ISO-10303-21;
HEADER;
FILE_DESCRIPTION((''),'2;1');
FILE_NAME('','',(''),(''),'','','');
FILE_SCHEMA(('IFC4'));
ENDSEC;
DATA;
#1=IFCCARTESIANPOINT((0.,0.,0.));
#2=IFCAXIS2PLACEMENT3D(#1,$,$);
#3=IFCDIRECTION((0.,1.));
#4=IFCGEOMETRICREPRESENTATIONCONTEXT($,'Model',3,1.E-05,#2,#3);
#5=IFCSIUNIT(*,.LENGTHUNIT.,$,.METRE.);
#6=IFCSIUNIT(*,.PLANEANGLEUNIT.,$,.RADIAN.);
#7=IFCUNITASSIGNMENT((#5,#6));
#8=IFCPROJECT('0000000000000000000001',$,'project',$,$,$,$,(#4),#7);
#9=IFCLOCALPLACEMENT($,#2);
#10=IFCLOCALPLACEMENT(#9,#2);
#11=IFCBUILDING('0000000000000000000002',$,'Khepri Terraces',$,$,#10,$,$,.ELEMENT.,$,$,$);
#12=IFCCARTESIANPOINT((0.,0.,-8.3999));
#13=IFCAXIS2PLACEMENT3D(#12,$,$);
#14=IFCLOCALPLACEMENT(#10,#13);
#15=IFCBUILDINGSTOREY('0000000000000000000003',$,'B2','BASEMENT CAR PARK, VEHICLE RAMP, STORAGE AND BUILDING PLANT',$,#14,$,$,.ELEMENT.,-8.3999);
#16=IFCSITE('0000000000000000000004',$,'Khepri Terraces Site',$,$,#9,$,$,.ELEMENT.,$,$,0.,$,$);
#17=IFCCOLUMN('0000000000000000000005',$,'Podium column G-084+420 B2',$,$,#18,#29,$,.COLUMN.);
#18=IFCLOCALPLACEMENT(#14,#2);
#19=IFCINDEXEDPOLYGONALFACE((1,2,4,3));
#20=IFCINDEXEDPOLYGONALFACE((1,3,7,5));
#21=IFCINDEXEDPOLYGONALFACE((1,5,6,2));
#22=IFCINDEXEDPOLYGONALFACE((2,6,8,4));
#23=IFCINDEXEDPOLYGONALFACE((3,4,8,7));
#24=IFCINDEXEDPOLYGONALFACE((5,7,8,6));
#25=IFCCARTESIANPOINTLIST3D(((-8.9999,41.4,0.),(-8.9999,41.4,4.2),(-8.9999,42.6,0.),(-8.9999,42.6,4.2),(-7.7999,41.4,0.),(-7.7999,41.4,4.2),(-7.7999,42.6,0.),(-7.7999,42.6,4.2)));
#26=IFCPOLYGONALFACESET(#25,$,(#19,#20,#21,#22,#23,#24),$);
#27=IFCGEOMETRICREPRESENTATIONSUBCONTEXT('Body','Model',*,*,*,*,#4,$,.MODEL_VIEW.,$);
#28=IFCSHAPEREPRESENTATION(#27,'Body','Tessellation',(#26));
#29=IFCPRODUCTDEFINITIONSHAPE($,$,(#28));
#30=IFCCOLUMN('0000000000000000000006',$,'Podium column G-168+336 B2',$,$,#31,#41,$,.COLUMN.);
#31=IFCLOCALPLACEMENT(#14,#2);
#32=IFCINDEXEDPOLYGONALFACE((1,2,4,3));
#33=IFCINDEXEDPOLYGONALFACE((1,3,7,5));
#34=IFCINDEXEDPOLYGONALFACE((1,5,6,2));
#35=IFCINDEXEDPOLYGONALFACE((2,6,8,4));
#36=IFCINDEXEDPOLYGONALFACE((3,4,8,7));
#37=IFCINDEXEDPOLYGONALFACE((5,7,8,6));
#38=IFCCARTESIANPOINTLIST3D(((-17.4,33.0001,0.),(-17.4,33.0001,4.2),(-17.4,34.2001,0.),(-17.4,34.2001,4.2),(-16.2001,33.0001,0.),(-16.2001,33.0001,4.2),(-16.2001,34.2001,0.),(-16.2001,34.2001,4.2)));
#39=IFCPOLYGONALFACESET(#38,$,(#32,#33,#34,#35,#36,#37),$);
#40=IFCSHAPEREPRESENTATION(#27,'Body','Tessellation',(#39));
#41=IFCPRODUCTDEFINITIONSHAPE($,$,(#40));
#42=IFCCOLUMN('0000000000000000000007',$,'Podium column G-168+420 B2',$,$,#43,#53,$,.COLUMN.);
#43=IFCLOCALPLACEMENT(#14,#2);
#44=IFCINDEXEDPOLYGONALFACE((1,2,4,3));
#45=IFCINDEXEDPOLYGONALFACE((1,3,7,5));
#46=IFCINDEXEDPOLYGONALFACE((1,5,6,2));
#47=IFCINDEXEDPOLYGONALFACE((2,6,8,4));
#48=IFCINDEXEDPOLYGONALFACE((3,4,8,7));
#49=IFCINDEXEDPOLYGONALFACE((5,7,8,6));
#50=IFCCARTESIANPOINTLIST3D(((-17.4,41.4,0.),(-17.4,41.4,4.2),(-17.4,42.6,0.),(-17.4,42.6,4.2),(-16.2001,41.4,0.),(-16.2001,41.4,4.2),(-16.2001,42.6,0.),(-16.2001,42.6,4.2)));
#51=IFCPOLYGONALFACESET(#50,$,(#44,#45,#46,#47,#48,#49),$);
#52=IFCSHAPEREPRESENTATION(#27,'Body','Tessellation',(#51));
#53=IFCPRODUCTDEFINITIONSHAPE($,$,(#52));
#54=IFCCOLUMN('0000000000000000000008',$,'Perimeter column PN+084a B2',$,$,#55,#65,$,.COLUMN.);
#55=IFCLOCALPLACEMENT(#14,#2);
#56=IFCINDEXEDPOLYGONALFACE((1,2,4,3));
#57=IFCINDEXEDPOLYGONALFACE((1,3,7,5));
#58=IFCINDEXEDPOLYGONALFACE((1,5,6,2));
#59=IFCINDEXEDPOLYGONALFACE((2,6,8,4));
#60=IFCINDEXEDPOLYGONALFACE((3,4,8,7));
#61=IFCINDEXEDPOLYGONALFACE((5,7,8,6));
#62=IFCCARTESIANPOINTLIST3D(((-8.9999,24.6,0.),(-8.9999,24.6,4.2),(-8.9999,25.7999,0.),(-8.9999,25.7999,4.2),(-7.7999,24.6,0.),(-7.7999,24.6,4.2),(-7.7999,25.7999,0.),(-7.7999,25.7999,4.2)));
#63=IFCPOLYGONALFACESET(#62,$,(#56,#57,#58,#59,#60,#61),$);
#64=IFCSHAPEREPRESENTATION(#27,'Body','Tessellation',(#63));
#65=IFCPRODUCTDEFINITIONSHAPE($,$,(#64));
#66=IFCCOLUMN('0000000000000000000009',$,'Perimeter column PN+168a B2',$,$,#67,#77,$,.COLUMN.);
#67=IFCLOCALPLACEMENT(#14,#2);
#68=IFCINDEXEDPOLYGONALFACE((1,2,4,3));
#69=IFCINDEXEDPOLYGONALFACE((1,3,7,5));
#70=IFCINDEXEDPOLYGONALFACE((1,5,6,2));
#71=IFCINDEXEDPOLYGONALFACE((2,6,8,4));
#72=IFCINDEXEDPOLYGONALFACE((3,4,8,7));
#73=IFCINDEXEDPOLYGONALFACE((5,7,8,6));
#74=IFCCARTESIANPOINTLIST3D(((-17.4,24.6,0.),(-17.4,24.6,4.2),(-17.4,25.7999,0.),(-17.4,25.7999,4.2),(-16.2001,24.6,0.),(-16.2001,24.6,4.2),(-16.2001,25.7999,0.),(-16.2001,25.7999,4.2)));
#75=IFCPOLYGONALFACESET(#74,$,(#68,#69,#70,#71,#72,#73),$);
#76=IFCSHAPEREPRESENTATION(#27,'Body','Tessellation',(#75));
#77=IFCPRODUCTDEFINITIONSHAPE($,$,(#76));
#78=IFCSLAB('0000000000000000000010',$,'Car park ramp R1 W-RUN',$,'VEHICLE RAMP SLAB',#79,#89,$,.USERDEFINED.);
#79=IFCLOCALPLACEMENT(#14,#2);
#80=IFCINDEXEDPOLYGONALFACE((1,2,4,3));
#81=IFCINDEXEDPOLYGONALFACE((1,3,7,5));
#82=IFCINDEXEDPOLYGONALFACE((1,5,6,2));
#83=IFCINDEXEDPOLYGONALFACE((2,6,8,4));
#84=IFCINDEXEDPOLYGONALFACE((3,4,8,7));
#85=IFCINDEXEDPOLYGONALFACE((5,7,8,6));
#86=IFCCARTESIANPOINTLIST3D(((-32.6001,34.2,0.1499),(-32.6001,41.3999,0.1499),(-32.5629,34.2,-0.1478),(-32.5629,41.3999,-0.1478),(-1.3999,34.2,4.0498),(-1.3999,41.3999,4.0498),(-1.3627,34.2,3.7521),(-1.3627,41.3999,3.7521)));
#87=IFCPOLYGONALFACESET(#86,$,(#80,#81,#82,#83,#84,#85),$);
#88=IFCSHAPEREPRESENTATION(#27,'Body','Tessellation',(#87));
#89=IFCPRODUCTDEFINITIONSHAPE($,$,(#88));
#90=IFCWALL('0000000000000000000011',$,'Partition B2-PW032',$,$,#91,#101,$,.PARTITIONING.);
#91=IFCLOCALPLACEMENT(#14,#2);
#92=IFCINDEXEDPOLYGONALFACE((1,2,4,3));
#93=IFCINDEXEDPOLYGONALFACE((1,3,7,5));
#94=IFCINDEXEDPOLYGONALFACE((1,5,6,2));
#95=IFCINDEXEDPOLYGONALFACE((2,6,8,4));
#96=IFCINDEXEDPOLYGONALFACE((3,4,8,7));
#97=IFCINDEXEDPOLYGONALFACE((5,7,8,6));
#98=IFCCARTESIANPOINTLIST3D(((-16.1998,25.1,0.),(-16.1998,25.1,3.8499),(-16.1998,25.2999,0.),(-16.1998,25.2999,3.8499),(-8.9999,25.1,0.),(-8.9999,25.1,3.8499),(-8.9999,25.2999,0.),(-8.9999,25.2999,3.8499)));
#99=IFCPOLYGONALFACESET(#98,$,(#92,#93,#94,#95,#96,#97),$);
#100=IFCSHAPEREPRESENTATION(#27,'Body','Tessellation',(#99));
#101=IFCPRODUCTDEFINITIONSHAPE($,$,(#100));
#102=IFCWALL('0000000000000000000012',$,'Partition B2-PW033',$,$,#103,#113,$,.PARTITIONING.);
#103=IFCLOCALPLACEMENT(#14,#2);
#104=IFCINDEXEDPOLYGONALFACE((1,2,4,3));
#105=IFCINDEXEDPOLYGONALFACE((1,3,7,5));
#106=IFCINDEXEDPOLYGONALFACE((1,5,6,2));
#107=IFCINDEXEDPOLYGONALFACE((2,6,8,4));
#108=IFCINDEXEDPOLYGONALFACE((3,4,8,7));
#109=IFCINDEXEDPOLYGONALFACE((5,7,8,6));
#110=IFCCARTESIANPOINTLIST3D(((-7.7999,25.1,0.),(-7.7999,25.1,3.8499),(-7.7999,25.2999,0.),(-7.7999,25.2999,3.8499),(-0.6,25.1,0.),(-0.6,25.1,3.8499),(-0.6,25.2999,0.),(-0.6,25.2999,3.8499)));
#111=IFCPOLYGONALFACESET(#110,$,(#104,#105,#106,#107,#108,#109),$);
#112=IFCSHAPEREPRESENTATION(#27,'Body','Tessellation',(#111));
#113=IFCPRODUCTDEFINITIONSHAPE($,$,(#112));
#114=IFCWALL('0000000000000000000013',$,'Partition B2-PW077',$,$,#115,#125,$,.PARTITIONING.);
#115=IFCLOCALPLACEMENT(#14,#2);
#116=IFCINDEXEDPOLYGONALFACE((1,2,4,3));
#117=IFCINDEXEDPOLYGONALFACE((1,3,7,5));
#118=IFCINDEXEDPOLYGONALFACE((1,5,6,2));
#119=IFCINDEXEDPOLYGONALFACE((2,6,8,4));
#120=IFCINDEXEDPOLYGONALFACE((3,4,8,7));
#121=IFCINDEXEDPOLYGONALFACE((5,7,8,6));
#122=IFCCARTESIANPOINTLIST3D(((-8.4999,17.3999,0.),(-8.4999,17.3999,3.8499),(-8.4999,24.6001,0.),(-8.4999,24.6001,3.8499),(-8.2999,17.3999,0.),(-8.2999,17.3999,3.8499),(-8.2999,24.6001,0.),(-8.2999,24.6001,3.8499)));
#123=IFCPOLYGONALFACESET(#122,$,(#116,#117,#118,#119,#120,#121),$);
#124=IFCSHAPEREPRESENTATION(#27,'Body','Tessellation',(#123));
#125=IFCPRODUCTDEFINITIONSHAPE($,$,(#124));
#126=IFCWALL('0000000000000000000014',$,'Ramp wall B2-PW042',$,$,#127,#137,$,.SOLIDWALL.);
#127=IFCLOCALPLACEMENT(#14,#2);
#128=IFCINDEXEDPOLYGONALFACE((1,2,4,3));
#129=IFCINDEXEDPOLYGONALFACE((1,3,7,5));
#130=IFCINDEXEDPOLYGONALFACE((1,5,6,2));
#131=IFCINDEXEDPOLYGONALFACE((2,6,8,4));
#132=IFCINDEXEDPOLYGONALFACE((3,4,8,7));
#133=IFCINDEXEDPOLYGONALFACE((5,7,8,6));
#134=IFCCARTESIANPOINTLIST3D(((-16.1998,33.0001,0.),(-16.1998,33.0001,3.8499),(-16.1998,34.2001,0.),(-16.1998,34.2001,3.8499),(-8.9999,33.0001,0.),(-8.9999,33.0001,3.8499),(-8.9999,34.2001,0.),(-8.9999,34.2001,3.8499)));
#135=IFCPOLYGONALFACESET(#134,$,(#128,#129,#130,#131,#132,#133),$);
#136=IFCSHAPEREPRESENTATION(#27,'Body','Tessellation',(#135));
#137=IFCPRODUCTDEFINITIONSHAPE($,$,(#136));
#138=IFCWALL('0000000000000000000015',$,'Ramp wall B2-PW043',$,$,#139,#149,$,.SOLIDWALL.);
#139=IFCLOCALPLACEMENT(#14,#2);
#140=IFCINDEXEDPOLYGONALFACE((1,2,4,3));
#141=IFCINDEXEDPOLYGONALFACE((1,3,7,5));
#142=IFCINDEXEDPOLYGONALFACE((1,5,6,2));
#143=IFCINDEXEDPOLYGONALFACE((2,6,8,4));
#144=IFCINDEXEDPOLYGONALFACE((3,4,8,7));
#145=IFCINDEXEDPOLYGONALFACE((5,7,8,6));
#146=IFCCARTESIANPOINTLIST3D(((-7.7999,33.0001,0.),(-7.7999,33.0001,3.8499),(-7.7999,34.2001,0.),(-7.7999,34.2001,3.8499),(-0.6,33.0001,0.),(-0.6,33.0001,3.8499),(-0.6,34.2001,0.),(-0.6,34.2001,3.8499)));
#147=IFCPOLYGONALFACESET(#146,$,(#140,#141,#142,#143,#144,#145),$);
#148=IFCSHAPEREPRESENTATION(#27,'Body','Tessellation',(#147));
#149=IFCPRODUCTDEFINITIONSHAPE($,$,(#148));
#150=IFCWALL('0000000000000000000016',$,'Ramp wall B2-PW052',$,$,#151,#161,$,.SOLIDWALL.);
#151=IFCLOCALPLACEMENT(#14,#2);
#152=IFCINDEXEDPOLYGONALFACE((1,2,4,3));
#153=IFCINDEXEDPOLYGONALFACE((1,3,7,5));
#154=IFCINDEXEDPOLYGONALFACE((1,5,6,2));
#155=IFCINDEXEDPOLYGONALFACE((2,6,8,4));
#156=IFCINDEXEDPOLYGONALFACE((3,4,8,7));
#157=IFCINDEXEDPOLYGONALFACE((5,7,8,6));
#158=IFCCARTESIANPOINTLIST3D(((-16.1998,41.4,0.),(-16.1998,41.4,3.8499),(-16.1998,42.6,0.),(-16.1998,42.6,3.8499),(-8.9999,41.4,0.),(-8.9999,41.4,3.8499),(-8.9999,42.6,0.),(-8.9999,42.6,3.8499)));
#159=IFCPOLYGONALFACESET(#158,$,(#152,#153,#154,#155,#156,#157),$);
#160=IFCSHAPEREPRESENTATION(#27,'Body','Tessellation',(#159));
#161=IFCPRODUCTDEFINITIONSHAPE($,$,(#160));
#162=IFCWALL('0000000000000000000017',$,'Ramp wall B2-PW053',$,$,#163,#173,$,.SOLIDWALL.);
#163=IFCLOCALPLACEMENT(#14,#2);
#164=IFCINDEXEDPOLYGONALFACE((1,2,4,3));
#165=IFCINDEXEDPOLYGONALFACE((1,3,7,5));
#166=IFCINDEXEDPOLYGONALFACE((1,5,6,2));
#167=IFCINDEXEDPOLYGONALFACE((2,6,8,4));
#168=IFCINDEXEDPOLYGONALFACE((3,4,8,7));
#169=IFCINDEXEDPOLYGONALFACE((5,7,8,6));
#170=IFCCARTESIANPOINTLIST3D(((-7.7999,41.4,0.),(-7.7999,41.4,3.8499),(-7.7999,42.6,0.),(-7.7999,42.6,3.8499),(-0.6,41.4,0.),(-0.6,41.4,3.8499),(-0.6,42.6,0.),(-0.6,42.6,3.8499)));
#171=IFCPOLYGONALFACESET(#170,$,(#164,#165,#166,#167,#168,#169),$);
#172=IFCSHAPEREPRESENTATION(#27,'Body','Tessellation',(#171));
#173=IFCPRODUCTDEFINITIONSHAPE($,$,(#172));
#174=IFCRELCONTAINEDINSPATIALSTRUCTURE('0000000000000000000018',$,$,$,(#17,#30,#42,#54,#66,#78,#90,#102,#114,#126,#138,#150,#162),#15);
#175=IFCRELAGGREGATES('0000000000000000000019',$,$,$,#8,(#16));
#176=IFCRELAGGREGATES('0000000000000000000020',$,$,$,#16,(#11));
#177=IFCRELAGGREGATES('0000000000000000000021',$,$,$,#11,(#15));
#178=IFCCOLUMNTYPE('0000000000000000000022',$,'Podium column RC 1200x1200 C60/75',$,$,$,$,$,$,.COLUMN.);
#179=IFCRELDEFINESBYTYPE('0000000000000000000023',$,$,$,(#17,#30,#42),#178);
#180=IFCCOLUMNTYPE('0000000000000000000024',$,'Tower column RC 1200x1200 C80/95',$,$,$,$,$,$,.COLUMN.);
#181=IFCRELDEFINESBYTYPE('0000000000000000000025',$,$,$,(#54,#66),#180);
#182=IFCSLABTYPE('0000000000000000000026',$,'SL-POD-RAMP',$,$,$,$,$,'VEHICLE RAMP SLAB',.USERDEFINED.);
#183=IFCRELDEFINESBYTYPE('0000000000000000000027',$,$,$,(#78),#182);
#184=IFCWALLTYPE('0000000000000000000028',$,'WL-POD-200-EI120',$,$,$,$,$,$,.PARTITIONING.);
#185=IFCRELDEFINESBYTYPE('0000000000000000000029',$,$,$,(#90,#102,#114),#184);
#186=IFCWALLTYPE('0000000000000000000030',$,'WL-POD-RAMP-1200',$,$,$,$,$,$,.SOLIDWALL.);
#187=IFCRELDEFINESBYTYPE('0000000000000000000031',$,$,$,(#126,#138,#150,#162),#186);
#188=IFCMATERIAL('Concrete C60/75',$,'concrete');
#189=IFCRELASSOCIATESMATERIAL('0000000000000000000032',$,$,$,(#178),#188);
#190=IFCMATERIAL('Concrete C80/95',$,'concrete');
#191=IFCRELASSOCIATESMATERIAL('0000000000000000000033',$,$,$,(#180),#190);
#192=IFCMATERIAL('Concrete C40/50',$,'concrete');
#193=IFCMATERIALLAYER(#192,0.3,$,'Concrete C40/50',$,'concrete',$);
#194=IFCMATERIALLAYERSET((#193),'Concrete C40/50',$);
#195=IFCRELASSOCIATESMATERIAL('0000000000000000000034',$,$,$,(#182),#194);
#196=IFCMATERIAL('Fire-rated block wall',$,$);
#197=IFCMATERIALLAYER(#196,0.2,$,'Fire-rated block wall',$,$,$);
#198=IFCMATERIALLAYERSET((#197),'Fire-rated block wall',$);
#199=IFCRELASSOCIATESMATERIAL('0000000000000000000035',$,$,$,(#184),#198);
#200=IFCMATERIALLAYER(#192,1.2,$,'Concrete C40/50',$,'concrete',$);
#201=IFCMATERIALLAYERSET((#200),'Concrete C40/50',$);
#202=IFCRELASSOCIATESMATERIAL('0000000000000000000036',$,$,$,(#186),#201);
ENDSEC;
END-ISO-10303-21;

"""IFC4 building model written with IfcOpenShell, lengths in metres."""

from ifc_helpers import new_model, si_unit, direction, frame, frame_2d, origin, origin_2d, place, context, subcontext, project, spatial, polyline, rectangle, outline, extrude, material, layer, layer_set, material_profile, profile_set, type_object, element, save


model = new_model("IFC4")

# Units and contexts
model_context = context("Model", 3, precision=1e-05, world=origin(), true_north=direction((0.0, 1.0)))
body_context = subcontext(model_context, "Body", "Model", "MODEL_VIEW")
ifc_project = project(units=[si_unit("LENGTHUNIT", "METRE"), si_unit("PLANEANGLEUNIT", "RADIAN")], contexts=[model_context])

# Site, building, storey
site_placement = place(None, origin())
site = spatial("IfcSite", under=ifc_project, at=site_placement, Name="Khepri Terraces Site", CompositionType="ELEMENT", RefElevation=0.0)
building_placement = place(site_placement, origin())
building = spatial("IfcBuilding", under=site, at=building_placement, Name="Khepri Terraces", CompositionType="ELEMENT")
storey_placement = place(building_placement, frame((0.0, 0.0, -8.3999)))
storey = spatial("IfcBuildingStorey", under=building, at=storey_placement, Name="B2", Description="BASEMENT CAR PARK, VEHICLE RAMP, STORAGE AND BUILDING PLANT", CompositionType="ELEMENT", Elevation=-8.3999)

# Columns
ifc_material_1 = material(Name="Concrete C80/95", Category="concrete")
ifc_material_2 = material(Name="Concrete C60/75", Category="concrete")
ifc_material_profile_1 = material_profile(ifc_material_2, rectangle(XDim=1.2, YDim=1.2, at=origin_2d()), Name="Concrete C60/75", Category="concrete")
ifc_profile_set_1 = profile_set([ifc_material_profile_1], Name="Concrete C60/75")
column_type_1 = type_object("IfcColumnType", Name="Podium column RC 1200x1200 C60/75", PredefinedType="COLUMN", material=ifc_profile_set_1)
for number, where, z_axis, x_axis, name in (
    (1, (-8.3999, 42.0, 0.0), (0.0, 0.0, 1.0), (1.0, 0.0, 0.0), "Podium column G-084+420 B2"),
    (2, (-16.8, 33.6001, 0.0), (0.0, 0.0, 1.0), (1.0, 0.0, 0.0), "Podium column G-168+336 B2"),
    (3, (-16.8, 42.0, 0.0), (0.0, 0.0, 1.0), (1.0, 0.0, 0.0), "Podium column G-168+420 B2"),
):
    element("IfcColumn", number, at=place(storey_placement, frame(where, z_axis=z_axis, x_axis=x_axis)), inside=storey, type_object=column_type_1, Name=name, PredefinedType="COLUMN", context=body_context, shape_type="SweptSolid", body=[
        extrude(rectangle(XDim=1.2, YDim=1.2, at=origin_2d()), origin(), (0.0, 0.0, 1.0), 4.2),
    ])
ifc_material_profile_2 = material_profile(ifc_material_1, rectangle(XDim=1.2, YDim=1.2, at=origin_2d()), Name="Concrete C80/95", Category="concrete")
ifc_profile_set_2 = profile_set([ifc_material_profile_2], Name="Concrete C80/95")
column_type_2 = type_object("IfcColumnType", Name="Tower column RC 1200x1200 C80/95", PredefinedType="COLUMN", material=ifc_profile_set_2)
for number, where, z_axis, x_axis, name in (
    (4, (-8.3999, 25.2, 0.0), (0.0, 0.0, 1.0), (1.0, 0.0, 0.0), "Perimeter column PN+084a B2"),
    (5, (-16.8, 25.2, 0.0), (0.0, 0.0, 1.0), (1.0, 0.0, 0.0), "Perimeter column PN+168a B2"),
):
    element("IfcColumn", number, at=place(storey_placement, frame(where, z_axis=z_axis, x_axis=x_axis)), inside=storey, type_object=column_type_2, Name=name, PredefinedType="COLUMN", context=body_context, shape_type="SweptSolid", body=[
        extrude(rectangle(XDim=1.2, YDim=1.2, at=origin_2d()), origin(), (0.0, 0.0, 1.0), 4.2),
    ])

# Slab
ifc_material_3 = material(Name="Concrete C40/50", Category="concrete")
ifc_layer_1 = layer(ifc_material_3, 0.3, Name="Concrete C40/50", Category="concrete")
ifc_layer_set_1 = layer_set([ifc_layer_1], Name="Concrete C40/50")
slab_type = type_object("IfcSlabType", Name="SL-POD-RAMP", ElementType="VEHICLE RAMP SLAB", PredefinedType="USERDEFINED", material=ifc_layer_set_1)
slab_placement = place(storey_placement, frame((-1.3999, 34.2, 4.0498), z_axis=(-0.124031, 0.0, 0.992278), x_axis=(-0.992278, 0.0, -0.124031)))
element("IfcSlab", 6, at=slab_placement, inside=storey, type_object=slab_type, Name="Car park ramp R1 W-RUN", ObjectType="VEHICLE RAMP SLAB", PredefinedType="USERDEFINED", context=body_context, shape_type="SweptSolid", body=[
    extrude(outline(polyline([(0.0, 0.0), (31.443, 0.0), (31.443, -7.2), (0.0, -7.2), (0.0, 0.0)])), origin(), (0.0, 0.0, -1.0), 0.3),
])

# Walls
ifc_material_4 = material(Name="Fire-rated block wall")
ifc_layer_2 = layer(ifc_material_4, 0.2, Name="Fire-rated block wall")
ifc_layer_set_2 = layer_set([ifc_layer_2], Name="Fire-rated block wall")
wall_type_1 = type_object("IfcWallType", Name="WL-POD-200-EI120", PredefinedType="PARTITIONING", material=ifc_layer_set_2)
for number, where, z_axis, x_axis, name in (
    (7, (-16.2, 25.2, 0.0), (0.0, 0.0, 1.0), (1.0, 0.0, 0.0), "Partition B2-PW032"),
    (8, (-7.8, 25.2, 0.0), (0.0, 0.0, 1.0), (1.0, 0.0, 0.0), "Partition B2-PW033"),
):
    element("IfcWall", number, at=place(storey_placement, frame(where, z_axis=z_axis, x_axis=x_axis)), inside=storey, type_object=wall_type_1, Name=name, PredefinedType="PARTITIONING", context=body_context, shape_type="SweptSolid", body=[
        extrude(rectangle(XDim=7.2, YDim=0.2, at=frame_2d((3.6001, 0.0))), origin(), (0.0, 0.0, 1.0), 3.8499),
    ])
wall_placement = place(storey_placement, frame((-8.3999, 17.3999, 0.0), z_axis=(0.0, 0.0, 1.0), x_axis=(0.0, 1.0, 0.0)))
element("IfcWall", 9, at=wall_placement, inside=storey, type_object=wall_type_1, Name="Partition B2-PW077", PredefinedType="PARTITIONING", context=body_context, shape_type="SweptSolid", body=[
    extrude(rectangle(XDim=7.2002, YDim=0.2, at=frame_2d((3.6001, 0.0))), origin(), (0.0, 0.0, 1.0), 3.8499),
])
ifc_layer_3 = layer(ifc_material_3, 1.2, Name="Concrete C40/50", Category="concrete")
ifc_layer_set_3 = layer_set([ifc_layer_3], Name="Concrete C40/50")
wall_type_2 = type_object("IfcWallType", Name="WL-POD-RAMP-1200", PredefinedType="SOLIDWALL", material=ifc_layer_set_3)
for number, where, z_axis, x_axis, name in (
    (10, (-16.2, 33.6001, 0.0), (0.0, 0.0, 1.0), (1.0, 0.0, 0.0), "Ramp wall B2-PW042"),
    (11, (-7.8, 33.6001, 0.0), (0.0, 0.0, 1.0), (1.0, 0.0, 0.0), "Ramp wall B2-PW043"),
    (12, (-16.2, 42.0, 0.0), (0.0, 0.0, 1.0), (1.0, 0.0, 0.0), "Ramp wall B2-PW052"),
    (13, (-7.8, 42.0, 0.0), (0.0, 0.0, 1.0), (1.0, 0.0, 0.0), "Ramp wall B2-PW053"),
):
    element("IfcWall", number, at=place(storey_placement, frame(where, z_axis=z_axis, x_axis=x_axis)), inside=storey, type_object=wall_type_2, Name=name, PredefinedType="SOLIDWALL", context=body_context, shape_type="SweptSolid", body=[
        extrude(rectangle(XDim=7.2, YDim=1.2, at=frame_2d((3.6001, 0.0))), origin(), (0.0, 0.0, 1.0), 3.8499),
    ])

save(model, "model.ifc")
